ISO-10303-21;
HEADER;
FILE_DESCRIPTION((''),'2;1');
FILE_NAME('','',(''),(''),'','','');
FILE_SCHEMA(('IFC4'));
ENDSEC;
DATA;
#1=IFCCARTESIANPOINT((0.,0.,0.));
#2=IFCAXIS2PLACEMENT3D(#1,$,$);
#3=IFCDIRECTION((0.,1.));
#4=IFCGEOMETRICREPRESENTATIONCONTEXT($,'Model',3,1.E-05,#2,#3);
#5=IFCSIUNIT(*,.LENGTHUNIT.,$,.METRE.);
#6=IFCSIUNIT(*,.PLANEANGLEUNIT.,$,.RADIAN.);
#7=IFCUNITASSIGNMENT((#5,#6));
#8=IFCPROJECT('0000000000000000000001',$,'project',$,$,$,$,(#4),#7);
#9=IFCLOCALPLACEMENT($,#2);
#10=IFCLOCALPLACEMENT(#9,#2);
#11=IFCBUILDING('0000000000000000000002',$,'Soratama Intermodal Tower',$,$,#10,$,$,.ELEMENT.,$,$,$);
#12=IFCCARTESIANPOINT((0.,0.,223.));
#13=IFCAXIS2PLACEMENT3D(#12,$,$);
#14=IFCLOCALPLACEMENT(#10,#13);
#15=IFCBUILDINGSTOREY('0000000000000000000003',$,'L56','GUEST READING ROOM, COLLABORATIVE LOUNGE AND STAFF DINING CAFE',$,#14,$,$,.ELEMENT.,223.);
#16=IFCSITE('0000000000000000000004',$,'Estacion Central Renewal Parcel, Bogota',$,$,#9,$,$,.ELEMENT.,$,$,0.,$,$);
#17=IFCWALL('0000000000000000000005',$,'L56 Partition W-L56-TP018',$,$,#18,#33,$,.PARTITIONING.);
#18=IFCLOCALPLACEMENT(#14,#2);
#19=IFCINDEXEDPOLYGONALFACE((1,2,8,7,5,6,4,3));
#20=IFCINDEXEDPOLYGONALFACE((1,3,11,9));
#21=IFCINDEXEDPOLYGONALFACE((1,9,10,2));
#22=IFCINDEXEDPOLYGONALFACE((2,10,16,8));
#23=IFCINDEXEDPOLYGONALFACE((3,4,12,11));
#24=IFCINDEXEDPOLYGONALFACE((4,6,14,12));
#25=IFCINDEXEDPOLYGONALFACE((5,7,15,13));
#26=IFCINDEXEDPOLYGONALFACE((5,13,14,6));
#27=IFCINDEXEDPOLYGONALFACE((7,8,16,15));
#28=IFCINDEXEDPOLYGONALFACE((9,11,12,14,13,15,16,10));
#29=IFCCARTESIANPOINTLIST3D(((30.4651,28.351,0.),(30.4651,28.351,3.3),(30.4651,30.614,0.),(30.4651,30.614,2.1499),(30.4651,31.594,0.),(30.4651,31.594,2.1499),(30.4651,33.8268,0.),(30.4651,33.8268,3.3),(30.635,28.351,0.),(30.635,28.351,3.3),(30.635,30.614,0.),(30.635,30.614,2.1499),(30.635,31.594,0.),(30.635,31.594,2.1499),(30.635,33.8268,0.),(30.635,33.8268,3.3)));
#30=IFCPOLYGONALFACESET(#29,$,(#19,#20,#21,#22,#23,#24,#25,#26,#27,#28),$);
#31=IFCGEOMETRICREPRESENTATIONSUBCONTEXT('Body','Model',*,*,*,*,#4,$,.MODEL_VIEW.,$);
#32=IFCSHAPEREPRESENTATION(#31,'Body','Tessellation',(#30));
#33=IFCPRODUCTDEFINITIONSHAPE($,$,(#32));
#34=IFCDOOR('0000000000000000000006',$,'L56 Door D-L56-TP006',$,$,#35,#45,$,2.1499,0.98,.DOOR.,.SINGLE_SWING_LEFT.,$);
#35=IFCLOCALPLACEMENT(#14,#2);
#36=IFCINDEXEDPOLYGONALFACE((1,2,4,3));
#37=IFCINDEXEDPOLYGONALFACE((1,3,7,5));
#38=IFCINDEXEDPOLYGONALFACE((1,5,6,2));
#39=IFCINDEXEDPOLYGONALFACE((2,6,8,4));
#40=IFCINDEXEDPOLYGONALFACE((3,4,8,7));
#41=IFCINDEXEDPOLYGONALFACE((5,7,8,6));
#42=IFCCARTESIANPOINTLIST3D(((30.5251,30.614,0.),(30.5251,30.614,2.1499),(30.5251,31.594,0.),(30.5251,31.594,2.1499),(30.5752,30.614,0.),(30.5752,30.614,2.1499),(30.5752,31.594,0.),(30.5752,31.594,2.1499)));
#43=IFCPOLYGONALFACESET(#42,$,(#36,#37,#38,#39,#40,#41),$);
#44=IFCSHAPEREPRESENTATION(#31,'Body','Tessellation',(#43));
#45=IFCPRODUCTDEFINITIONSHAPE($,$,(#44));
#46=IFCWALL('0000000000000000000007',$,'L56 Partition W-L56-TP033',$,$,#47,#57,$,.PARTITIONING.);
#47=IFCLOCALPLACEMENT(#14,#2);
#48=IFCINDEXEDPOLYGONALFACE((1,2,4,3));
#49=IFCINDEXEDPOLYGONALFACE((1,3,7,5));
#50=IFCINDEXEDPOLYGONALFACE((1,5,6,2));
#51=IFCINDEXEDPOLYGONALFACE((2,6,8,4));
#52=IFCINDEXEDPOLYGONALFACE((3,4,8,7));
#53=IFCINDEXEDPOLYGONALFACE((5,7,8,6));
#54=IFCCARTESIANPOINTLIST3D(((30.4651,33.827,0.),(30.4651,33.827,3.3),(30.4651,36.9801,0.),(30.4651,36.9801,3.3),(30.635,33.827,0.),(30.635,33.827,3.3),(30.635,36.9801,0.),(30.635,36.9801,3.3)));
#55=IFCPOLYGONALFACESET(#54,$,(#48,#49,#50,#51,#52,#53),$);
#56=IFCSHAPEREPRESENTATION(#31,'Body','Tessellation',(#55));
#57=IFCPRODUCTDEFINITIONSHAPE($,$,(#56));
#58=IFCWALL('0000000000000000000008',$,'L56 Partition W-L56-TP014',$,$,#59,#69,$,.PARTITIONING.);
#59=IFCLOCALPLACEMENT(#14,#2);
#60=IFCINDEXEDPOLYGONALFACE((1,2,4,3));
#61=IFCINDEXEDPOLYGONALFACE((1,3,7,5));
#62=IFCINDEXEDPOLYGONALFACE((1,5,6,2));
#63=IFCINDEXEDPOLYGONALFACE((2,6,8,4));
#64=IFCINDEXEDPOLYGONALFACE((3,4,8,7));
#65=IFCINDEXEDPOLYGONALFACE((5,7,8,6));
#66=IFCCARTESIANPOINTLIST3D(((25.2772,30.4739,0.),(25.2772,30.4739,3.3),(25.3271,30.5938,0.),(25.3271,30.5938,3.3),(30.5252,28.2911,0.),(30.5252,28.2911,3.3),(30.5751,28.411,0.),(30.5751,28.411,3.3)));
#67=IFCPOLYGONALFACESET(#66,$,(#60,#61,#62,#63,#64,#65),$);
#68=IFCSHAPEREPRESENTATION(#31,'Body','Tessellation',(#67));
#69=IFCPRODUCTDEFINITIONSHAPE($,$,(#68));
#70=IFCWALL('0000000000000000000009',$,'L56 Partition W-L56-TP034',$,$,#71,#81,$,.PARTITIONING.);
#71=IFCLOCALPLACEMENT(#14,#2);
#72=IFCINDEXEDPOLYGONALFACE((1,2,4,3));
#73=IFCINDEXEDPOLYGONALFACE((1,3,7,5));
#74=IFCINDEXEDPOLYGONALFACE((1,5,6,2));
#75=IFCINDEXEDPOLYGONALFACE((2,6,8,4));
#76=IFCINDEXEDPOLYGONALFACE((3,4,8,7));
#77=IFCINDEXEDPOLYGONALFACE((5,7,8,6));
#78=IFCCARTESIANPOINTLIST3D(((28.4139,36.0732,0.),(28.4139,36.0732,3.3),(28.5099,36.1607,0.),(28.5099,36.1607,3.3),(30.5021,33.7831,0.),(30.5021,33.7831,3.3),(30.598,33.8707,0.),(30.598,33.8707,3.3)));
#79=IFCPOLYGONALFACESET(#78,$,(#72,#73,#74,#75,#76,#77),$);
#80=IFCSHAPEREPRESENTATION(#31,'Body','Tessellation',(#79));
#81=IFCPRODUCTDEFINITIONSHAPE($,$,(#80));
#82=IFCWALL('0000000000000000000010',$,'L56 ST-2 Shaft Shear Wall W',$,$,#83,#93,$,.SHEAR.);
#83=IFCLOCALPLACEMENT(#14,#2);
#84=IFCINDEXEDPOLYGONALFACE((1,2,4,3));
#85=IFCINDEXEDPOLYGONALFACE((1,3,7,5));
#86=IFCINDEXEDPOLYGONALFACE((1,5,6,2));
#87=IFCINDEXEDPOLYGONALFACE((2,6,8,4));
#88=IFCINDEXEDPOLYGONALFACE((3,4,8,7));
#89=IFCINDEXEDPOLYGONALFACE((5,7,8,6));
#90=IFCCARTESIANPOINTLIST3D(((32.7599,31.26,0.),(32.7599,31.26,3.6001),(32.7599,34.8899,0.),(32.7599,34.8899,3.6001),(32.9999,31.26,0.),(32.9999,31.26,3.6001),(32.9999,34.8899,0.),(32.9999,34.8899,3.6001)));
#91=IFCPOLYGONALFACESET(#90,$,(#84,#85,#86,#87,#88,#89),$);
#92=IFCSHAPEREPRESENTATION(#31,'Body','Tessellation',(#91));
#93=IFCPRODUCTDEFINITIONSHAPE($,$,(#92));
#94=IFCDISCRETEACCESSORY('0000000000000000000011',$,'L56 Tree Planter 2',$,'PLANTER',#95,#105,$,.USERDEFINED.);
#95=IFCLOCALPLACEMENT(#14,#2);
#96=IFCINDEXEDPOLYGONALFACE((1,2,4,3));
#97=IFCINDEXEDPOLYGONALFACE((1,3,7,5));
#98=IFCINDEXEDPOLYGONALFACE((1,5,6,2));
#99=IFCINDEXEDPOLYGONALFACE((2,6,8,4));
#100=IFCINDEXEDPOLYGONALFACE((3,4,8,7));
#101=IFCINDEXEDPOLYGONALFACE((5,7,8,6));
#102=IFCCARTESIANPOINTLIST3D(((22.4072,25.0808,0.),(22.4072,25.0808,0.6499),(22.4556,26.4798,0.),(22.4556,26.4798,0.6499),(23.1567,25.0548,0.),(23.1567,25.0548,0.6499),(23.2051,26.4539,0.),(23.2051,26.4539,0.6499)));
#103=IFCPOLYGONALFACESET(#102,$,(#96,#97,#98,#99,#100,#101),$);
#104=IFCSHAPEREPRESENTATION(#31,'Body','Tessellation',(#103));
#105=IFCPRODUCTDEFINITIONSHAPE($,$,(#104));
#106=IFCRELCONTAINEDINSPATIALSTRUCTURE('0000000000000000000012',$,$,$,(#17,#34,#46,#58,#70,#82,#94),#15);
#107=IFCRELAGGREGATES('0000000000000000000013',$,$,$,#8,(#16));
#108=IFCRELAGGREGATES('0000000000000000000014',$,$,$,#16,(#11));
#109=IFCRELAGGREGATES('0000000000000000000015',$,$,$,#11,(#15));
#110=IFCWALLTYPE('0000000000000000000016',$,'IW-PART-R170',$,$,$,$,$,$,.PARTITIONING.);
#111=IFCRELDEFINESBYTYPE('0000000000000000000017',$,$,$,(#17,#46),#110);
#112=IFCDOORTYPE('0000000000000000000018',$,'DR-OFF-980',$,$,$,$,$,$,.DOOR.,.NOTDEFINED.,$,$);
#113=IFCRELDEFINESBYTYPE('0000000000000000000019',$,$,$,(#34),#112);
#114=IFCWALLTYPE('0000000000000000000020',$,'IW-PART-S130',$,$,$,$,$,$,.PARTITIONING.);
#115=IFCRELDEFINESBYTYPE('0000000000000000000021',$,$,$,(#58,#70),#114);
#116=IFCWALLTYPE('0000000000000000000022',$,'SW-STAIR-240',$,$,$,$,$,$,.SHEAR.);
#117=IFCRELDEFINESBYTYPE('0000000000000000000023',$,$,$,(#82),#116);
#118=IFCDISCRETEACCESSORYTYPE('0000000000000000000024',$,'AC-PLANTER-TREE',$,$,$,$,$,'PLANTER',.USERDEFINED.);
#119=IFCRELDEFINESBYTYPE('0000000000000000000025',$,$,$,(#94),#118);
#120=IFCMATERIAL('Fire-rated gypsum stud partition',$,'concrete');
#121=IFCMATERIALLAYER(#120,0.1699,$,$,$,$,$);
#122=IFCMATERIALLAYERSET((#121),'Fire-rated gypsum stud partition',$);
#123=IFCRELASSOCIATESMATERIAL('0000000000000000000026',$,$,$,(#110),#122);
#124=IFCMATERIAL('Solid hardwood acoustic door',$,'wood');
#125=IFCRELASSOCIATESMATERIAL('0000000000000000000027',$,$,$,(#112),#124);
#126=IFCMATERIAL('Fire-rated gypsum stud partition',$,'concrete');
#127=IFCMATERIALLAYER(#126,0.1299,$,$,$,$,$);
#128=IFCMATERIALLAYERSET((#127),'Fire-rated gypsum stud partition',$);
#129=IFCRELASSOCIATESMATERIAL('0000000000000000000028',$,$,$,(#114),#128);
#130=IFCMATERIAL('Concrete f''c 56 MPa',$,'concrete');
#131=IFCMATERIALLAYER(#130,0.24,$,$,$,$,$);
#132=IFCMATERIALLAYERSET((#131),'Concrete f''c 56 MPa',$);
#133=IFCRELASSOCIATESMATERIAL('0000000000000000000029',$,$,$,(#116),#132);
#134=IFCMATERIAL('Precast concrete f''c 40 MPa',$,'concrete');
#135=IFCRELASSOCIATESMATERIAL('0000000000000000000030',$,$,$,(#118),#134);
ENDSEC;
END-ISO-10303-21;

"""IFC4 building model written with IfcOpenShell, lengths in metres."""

from ifc_helpers import new_model, si_unit, direction, frame, frame_2d, origin, origin_2d, place, context, subcontext, project, spatial, rectangle, extrude, material, layer, layer_set, type_object, element, fill, save


model = new_model("IFC4")

# Units and contexts
model_context = context("Model", 3, precision=1e-05, world=origin(), true_north=direction((0.0, 1.0)))
body_context = subcontext(model_context, "Body", "Model", "MODEL_VIEW")
ifc_project = project(units=[si_unit("LENGTHUNIT", "METRE"), si_unit("PLANEANGLEUNIT", "RADIAN")], contexts=[model_context])

# Site, building, storey
site_placement = place(None, origin())
site = spatial("IfcSite", under=ifc_project, at=site_placement, Name="Estacion Central Renewal Parcel, Bogota", CompositionType="ELEMENT", RefElevation=0.0)
building_placement = place(site_placement, origin())
building = spatial("IfcBuilding", under=site, at=building_placement, Name="Soratama Intermodal Tower", CompositionType="ELEMENT")
storey_placement = place(building_placement, frame((0.0, 0.0, 223.0)))
storey = spatial("IfcBuildingStorey", under=building, at=storey_placement, Name="L56", Description="GUEST READING ROOM, COLLABORATIVE LOUNGE AND STAFF DINING CAFE", CompositionType="ELEMENT", Elevation=223.0)

# Wall, opening, door
ifc_material_1 = material(Name="Fire-rated gypsum stud partition", Category="concrete")
ifc_layer_1 = layer(ifc_material_1, 0.1699)
ifc_layer_set_1 = layer_set([ifc_layer_1], Name="Fire-rated gypsum stud partition")
wall_type_1 = type_object("IfcWallType", Name="IW-PART-R170", PredefinedType="PARTITIONING", material=ifc_layer_set_1)
wall_1_placement = place(storey_placement, frame((30.55, 28.3511, 0.0), z_axis=(0.0, 0.0, 1.0), x_axis=(0.0, 1.0, 0.0)))
wall_1 = element("IfcWall", 1, at=wall_1_placement, inside=storey, type_object=wall_type_1, Name="L56 Partition W-L56-TP018", PredefinedType="PARTITIONING", context=body_context, shape_type="SweptSolid", body=[
    extrude(rectangle(XDim=5.4758, YDim=0.1699, at=frame_2d((2.7378, 0.0))), origin(), (0.0, 0.0, 1.0), 3.3),
])
opening_1_placement = place(wall_1_placement, frame((2.2629, 0.0, 0.0)))
opening_1 = element("IfcOpeningElement", 2, at=opening_1_placement, cuts=wall_1, PredefinedType="OPENING", context=body_context, shape_type="SweptSolid", body=[
    extrude(rectangle(XDim=0.98, YDim=2.1499, at=frame_2d((0.49, 1.075))), frame((0.0, 0.095, 0.0), z_axis=(0.0, -1.0, 0.0), x_axis=(1.0, 0.0, 0.0)), (0.0, 0.0, 1.0), 0.1899),
])
ifc_material_2 = material(Name="Solid hardwood acoustic door", Category="wood")
door_type_1 = type_object("IfcDoorType", Name="DR-OFF-980", OperationType="NOTDEFINED", PredefinedType="DOOR", material=ifc_material_2)
door_1_placement = place(opening_1_placement, origin())
door_1 = element("IfcDoor", 3, at=door_1_placement, inside=storey, type_object=door_type_1, Name="L56 Door D-L56-TP006", OperationType="SINGLE_SWING_LEFT", OverallHeight=2.1499, OverallWidth=0.98, PredefinedType="DOOR", context=body_context, shape_type="SweptSolid", body=[
    extrude(rectangle(XDim=0.98, YDim=2.1499, at=frame_2d((0.49, 1.075))), frame((0.0, 0.0249, 0.0), z_axis=(0.0, -1.0, 0.0), x_axis=(1.0, 0.0, 0.0)), (0.0, 0.0, 1.0), 0.05),
])
fill(opening_1, door_1)

# Walls
wall_2_placement = place(storey_placement, frame((30.55, 33.8269, 0.0), z_axis=(0.0, 0.0, 1.0), x_axis=(0.0, 1.0, 0.0)))
element("IfcWall", 4, at=wall_2_placement, inside=storey, type_object=wall_type_1, Name="L56 Partition W-L56-TP033", PredefinedType="PARTITIONING", context=body_context, shape_type="SweptSolid", body=[
    extrude(rectangle(XDim=3.1531, YDim=0.1699, at=frame_2d((1.5767, 0.0))), origin(), (0.0, 0.0, 1.0), 3.3),
])
ifc_material_3 = material(Name="Fire-rated gypsum stud partition", Category="concrete")
ifc_layer_2 = layer(ifc_material_3, 0.1299)
ifc_layer_set_2 = layer_set([ifc_layer_2], Name="Fire-rated gypsum stud partition")
wall_type_2 = type_object("IfcWallType", Name="IW-PART-S130", PredefinedType="PARTITIONING", material=ifc_layer_set_2)
wall_3_placement = place(storey_placement, frame((30.55, 28.3511, 0.0), z_axis=(0.0, 0.0, 1.0), x_axis=(-0.923316, 0.384042, 0.0)))
element("IfcWall", 5, at=wall_3_placement, inside=storey, type_object=wall_type_2, Name="L56 Partition W-L56-TP014", PredefinedType="PARTITIONING", context=body_context, shape_type="SweptSolid", body=[
    extrude(rectangle(XDim=5.6838, YDim=0.1299, at=frame_2d((2.8418, 0.0))), origin(), (0.0, 0.0, 1.0), 3.3),
])
wall_4_placement = place(storey_placement, frame((30.55, 33.8269, 0.0), z_axis=(0.0, 0.0, 1.0), x_axis=(-0.673782, 0.73893, 0.0)))
element("IfcWall", 6, at=wall_4_placement, inside=storey, type_object=wall_type_2, Name="L56 Partition W-L56-TP034", PredefinedType="PARTITIONING", context=body_context, shape_type="SweptSolid", body=[
    extrude(rectangle(XDim=3.0991, YDim=0.1299, at=frame_2d((1.5496, 0.0))), origin(), (0.0, 0.0, 1.0), 3.3),
])

# Wall
ifc_material_4 = material(Name="Concrete f'c 56 MPa", Category="concrete")
ifc_layer_3 = layer(ifc_material_4, 0.24)
ifc_layer_set_3 = layer_set([ifc_layer_3], Name="Concrete f'c 56 MPa")
wall_type_3 = type_object("IfcWallType", Name="SW-STAIR-240", PredefinedType="SHEAR", material=ifc_layer_set_3)
wall_5_placement = place(storey_placement, frame((32.8799, 31.26, 0.0), z_axis=(0.0, 0.0, 1.0), x_axis=(0.0, 1.0, 0.0)))
element("IfcWall", 7, at=wall_5_placement, inside=storey, type_object=wall_type_3, Name="L56 ST-2 Shaft Shear Wall W", PredefinedType="SHEAR", context=body_context, shape_type="SweptSolid", body=[
    extrude(rectangle(XDim=3.6299, YDim=0.24, at=frame_2d((1.8149, 0.0))), origin(), (0.0, 0.0, 1.0), 3.6001),
])

# Discrete accessory
ifc_material_5 = material(Name="Precast concrete f'c 40 MPa", Category="concrete")
discrete_accessory_type = type_object("IfcDiscreteAccessoryType", Name="AC-PLANTER-TREE", ElementType="PLANTER", PredefinedType="USERDEFINED", material=ifc_material_5)
discrete_accessory_placement = place(storey_placement, frame((22.8062, 25.7673, 0.0), z_axis=(0.0, 0.0, 1.0), x_axis=(-0.999403, 0.034551, 0.0)))
element("IfcDiscreteAccessory", 8, at=discrete_accessory_placement, inside=storey, type_object=discrete_accessory_type, Name="L56 Tree Planter 2", ObjectType="PLANTER", PredefinedType="USERDEFINED", context=body_context, shape_type="SweptSolid", body=[
    extrude(rectangle(XDim=0.75, YDim=1.3999, at=origin_2d()), origin(), (0.0, 0.0, 1.0), 0.6499),
])

save(model, "model.ifc")
